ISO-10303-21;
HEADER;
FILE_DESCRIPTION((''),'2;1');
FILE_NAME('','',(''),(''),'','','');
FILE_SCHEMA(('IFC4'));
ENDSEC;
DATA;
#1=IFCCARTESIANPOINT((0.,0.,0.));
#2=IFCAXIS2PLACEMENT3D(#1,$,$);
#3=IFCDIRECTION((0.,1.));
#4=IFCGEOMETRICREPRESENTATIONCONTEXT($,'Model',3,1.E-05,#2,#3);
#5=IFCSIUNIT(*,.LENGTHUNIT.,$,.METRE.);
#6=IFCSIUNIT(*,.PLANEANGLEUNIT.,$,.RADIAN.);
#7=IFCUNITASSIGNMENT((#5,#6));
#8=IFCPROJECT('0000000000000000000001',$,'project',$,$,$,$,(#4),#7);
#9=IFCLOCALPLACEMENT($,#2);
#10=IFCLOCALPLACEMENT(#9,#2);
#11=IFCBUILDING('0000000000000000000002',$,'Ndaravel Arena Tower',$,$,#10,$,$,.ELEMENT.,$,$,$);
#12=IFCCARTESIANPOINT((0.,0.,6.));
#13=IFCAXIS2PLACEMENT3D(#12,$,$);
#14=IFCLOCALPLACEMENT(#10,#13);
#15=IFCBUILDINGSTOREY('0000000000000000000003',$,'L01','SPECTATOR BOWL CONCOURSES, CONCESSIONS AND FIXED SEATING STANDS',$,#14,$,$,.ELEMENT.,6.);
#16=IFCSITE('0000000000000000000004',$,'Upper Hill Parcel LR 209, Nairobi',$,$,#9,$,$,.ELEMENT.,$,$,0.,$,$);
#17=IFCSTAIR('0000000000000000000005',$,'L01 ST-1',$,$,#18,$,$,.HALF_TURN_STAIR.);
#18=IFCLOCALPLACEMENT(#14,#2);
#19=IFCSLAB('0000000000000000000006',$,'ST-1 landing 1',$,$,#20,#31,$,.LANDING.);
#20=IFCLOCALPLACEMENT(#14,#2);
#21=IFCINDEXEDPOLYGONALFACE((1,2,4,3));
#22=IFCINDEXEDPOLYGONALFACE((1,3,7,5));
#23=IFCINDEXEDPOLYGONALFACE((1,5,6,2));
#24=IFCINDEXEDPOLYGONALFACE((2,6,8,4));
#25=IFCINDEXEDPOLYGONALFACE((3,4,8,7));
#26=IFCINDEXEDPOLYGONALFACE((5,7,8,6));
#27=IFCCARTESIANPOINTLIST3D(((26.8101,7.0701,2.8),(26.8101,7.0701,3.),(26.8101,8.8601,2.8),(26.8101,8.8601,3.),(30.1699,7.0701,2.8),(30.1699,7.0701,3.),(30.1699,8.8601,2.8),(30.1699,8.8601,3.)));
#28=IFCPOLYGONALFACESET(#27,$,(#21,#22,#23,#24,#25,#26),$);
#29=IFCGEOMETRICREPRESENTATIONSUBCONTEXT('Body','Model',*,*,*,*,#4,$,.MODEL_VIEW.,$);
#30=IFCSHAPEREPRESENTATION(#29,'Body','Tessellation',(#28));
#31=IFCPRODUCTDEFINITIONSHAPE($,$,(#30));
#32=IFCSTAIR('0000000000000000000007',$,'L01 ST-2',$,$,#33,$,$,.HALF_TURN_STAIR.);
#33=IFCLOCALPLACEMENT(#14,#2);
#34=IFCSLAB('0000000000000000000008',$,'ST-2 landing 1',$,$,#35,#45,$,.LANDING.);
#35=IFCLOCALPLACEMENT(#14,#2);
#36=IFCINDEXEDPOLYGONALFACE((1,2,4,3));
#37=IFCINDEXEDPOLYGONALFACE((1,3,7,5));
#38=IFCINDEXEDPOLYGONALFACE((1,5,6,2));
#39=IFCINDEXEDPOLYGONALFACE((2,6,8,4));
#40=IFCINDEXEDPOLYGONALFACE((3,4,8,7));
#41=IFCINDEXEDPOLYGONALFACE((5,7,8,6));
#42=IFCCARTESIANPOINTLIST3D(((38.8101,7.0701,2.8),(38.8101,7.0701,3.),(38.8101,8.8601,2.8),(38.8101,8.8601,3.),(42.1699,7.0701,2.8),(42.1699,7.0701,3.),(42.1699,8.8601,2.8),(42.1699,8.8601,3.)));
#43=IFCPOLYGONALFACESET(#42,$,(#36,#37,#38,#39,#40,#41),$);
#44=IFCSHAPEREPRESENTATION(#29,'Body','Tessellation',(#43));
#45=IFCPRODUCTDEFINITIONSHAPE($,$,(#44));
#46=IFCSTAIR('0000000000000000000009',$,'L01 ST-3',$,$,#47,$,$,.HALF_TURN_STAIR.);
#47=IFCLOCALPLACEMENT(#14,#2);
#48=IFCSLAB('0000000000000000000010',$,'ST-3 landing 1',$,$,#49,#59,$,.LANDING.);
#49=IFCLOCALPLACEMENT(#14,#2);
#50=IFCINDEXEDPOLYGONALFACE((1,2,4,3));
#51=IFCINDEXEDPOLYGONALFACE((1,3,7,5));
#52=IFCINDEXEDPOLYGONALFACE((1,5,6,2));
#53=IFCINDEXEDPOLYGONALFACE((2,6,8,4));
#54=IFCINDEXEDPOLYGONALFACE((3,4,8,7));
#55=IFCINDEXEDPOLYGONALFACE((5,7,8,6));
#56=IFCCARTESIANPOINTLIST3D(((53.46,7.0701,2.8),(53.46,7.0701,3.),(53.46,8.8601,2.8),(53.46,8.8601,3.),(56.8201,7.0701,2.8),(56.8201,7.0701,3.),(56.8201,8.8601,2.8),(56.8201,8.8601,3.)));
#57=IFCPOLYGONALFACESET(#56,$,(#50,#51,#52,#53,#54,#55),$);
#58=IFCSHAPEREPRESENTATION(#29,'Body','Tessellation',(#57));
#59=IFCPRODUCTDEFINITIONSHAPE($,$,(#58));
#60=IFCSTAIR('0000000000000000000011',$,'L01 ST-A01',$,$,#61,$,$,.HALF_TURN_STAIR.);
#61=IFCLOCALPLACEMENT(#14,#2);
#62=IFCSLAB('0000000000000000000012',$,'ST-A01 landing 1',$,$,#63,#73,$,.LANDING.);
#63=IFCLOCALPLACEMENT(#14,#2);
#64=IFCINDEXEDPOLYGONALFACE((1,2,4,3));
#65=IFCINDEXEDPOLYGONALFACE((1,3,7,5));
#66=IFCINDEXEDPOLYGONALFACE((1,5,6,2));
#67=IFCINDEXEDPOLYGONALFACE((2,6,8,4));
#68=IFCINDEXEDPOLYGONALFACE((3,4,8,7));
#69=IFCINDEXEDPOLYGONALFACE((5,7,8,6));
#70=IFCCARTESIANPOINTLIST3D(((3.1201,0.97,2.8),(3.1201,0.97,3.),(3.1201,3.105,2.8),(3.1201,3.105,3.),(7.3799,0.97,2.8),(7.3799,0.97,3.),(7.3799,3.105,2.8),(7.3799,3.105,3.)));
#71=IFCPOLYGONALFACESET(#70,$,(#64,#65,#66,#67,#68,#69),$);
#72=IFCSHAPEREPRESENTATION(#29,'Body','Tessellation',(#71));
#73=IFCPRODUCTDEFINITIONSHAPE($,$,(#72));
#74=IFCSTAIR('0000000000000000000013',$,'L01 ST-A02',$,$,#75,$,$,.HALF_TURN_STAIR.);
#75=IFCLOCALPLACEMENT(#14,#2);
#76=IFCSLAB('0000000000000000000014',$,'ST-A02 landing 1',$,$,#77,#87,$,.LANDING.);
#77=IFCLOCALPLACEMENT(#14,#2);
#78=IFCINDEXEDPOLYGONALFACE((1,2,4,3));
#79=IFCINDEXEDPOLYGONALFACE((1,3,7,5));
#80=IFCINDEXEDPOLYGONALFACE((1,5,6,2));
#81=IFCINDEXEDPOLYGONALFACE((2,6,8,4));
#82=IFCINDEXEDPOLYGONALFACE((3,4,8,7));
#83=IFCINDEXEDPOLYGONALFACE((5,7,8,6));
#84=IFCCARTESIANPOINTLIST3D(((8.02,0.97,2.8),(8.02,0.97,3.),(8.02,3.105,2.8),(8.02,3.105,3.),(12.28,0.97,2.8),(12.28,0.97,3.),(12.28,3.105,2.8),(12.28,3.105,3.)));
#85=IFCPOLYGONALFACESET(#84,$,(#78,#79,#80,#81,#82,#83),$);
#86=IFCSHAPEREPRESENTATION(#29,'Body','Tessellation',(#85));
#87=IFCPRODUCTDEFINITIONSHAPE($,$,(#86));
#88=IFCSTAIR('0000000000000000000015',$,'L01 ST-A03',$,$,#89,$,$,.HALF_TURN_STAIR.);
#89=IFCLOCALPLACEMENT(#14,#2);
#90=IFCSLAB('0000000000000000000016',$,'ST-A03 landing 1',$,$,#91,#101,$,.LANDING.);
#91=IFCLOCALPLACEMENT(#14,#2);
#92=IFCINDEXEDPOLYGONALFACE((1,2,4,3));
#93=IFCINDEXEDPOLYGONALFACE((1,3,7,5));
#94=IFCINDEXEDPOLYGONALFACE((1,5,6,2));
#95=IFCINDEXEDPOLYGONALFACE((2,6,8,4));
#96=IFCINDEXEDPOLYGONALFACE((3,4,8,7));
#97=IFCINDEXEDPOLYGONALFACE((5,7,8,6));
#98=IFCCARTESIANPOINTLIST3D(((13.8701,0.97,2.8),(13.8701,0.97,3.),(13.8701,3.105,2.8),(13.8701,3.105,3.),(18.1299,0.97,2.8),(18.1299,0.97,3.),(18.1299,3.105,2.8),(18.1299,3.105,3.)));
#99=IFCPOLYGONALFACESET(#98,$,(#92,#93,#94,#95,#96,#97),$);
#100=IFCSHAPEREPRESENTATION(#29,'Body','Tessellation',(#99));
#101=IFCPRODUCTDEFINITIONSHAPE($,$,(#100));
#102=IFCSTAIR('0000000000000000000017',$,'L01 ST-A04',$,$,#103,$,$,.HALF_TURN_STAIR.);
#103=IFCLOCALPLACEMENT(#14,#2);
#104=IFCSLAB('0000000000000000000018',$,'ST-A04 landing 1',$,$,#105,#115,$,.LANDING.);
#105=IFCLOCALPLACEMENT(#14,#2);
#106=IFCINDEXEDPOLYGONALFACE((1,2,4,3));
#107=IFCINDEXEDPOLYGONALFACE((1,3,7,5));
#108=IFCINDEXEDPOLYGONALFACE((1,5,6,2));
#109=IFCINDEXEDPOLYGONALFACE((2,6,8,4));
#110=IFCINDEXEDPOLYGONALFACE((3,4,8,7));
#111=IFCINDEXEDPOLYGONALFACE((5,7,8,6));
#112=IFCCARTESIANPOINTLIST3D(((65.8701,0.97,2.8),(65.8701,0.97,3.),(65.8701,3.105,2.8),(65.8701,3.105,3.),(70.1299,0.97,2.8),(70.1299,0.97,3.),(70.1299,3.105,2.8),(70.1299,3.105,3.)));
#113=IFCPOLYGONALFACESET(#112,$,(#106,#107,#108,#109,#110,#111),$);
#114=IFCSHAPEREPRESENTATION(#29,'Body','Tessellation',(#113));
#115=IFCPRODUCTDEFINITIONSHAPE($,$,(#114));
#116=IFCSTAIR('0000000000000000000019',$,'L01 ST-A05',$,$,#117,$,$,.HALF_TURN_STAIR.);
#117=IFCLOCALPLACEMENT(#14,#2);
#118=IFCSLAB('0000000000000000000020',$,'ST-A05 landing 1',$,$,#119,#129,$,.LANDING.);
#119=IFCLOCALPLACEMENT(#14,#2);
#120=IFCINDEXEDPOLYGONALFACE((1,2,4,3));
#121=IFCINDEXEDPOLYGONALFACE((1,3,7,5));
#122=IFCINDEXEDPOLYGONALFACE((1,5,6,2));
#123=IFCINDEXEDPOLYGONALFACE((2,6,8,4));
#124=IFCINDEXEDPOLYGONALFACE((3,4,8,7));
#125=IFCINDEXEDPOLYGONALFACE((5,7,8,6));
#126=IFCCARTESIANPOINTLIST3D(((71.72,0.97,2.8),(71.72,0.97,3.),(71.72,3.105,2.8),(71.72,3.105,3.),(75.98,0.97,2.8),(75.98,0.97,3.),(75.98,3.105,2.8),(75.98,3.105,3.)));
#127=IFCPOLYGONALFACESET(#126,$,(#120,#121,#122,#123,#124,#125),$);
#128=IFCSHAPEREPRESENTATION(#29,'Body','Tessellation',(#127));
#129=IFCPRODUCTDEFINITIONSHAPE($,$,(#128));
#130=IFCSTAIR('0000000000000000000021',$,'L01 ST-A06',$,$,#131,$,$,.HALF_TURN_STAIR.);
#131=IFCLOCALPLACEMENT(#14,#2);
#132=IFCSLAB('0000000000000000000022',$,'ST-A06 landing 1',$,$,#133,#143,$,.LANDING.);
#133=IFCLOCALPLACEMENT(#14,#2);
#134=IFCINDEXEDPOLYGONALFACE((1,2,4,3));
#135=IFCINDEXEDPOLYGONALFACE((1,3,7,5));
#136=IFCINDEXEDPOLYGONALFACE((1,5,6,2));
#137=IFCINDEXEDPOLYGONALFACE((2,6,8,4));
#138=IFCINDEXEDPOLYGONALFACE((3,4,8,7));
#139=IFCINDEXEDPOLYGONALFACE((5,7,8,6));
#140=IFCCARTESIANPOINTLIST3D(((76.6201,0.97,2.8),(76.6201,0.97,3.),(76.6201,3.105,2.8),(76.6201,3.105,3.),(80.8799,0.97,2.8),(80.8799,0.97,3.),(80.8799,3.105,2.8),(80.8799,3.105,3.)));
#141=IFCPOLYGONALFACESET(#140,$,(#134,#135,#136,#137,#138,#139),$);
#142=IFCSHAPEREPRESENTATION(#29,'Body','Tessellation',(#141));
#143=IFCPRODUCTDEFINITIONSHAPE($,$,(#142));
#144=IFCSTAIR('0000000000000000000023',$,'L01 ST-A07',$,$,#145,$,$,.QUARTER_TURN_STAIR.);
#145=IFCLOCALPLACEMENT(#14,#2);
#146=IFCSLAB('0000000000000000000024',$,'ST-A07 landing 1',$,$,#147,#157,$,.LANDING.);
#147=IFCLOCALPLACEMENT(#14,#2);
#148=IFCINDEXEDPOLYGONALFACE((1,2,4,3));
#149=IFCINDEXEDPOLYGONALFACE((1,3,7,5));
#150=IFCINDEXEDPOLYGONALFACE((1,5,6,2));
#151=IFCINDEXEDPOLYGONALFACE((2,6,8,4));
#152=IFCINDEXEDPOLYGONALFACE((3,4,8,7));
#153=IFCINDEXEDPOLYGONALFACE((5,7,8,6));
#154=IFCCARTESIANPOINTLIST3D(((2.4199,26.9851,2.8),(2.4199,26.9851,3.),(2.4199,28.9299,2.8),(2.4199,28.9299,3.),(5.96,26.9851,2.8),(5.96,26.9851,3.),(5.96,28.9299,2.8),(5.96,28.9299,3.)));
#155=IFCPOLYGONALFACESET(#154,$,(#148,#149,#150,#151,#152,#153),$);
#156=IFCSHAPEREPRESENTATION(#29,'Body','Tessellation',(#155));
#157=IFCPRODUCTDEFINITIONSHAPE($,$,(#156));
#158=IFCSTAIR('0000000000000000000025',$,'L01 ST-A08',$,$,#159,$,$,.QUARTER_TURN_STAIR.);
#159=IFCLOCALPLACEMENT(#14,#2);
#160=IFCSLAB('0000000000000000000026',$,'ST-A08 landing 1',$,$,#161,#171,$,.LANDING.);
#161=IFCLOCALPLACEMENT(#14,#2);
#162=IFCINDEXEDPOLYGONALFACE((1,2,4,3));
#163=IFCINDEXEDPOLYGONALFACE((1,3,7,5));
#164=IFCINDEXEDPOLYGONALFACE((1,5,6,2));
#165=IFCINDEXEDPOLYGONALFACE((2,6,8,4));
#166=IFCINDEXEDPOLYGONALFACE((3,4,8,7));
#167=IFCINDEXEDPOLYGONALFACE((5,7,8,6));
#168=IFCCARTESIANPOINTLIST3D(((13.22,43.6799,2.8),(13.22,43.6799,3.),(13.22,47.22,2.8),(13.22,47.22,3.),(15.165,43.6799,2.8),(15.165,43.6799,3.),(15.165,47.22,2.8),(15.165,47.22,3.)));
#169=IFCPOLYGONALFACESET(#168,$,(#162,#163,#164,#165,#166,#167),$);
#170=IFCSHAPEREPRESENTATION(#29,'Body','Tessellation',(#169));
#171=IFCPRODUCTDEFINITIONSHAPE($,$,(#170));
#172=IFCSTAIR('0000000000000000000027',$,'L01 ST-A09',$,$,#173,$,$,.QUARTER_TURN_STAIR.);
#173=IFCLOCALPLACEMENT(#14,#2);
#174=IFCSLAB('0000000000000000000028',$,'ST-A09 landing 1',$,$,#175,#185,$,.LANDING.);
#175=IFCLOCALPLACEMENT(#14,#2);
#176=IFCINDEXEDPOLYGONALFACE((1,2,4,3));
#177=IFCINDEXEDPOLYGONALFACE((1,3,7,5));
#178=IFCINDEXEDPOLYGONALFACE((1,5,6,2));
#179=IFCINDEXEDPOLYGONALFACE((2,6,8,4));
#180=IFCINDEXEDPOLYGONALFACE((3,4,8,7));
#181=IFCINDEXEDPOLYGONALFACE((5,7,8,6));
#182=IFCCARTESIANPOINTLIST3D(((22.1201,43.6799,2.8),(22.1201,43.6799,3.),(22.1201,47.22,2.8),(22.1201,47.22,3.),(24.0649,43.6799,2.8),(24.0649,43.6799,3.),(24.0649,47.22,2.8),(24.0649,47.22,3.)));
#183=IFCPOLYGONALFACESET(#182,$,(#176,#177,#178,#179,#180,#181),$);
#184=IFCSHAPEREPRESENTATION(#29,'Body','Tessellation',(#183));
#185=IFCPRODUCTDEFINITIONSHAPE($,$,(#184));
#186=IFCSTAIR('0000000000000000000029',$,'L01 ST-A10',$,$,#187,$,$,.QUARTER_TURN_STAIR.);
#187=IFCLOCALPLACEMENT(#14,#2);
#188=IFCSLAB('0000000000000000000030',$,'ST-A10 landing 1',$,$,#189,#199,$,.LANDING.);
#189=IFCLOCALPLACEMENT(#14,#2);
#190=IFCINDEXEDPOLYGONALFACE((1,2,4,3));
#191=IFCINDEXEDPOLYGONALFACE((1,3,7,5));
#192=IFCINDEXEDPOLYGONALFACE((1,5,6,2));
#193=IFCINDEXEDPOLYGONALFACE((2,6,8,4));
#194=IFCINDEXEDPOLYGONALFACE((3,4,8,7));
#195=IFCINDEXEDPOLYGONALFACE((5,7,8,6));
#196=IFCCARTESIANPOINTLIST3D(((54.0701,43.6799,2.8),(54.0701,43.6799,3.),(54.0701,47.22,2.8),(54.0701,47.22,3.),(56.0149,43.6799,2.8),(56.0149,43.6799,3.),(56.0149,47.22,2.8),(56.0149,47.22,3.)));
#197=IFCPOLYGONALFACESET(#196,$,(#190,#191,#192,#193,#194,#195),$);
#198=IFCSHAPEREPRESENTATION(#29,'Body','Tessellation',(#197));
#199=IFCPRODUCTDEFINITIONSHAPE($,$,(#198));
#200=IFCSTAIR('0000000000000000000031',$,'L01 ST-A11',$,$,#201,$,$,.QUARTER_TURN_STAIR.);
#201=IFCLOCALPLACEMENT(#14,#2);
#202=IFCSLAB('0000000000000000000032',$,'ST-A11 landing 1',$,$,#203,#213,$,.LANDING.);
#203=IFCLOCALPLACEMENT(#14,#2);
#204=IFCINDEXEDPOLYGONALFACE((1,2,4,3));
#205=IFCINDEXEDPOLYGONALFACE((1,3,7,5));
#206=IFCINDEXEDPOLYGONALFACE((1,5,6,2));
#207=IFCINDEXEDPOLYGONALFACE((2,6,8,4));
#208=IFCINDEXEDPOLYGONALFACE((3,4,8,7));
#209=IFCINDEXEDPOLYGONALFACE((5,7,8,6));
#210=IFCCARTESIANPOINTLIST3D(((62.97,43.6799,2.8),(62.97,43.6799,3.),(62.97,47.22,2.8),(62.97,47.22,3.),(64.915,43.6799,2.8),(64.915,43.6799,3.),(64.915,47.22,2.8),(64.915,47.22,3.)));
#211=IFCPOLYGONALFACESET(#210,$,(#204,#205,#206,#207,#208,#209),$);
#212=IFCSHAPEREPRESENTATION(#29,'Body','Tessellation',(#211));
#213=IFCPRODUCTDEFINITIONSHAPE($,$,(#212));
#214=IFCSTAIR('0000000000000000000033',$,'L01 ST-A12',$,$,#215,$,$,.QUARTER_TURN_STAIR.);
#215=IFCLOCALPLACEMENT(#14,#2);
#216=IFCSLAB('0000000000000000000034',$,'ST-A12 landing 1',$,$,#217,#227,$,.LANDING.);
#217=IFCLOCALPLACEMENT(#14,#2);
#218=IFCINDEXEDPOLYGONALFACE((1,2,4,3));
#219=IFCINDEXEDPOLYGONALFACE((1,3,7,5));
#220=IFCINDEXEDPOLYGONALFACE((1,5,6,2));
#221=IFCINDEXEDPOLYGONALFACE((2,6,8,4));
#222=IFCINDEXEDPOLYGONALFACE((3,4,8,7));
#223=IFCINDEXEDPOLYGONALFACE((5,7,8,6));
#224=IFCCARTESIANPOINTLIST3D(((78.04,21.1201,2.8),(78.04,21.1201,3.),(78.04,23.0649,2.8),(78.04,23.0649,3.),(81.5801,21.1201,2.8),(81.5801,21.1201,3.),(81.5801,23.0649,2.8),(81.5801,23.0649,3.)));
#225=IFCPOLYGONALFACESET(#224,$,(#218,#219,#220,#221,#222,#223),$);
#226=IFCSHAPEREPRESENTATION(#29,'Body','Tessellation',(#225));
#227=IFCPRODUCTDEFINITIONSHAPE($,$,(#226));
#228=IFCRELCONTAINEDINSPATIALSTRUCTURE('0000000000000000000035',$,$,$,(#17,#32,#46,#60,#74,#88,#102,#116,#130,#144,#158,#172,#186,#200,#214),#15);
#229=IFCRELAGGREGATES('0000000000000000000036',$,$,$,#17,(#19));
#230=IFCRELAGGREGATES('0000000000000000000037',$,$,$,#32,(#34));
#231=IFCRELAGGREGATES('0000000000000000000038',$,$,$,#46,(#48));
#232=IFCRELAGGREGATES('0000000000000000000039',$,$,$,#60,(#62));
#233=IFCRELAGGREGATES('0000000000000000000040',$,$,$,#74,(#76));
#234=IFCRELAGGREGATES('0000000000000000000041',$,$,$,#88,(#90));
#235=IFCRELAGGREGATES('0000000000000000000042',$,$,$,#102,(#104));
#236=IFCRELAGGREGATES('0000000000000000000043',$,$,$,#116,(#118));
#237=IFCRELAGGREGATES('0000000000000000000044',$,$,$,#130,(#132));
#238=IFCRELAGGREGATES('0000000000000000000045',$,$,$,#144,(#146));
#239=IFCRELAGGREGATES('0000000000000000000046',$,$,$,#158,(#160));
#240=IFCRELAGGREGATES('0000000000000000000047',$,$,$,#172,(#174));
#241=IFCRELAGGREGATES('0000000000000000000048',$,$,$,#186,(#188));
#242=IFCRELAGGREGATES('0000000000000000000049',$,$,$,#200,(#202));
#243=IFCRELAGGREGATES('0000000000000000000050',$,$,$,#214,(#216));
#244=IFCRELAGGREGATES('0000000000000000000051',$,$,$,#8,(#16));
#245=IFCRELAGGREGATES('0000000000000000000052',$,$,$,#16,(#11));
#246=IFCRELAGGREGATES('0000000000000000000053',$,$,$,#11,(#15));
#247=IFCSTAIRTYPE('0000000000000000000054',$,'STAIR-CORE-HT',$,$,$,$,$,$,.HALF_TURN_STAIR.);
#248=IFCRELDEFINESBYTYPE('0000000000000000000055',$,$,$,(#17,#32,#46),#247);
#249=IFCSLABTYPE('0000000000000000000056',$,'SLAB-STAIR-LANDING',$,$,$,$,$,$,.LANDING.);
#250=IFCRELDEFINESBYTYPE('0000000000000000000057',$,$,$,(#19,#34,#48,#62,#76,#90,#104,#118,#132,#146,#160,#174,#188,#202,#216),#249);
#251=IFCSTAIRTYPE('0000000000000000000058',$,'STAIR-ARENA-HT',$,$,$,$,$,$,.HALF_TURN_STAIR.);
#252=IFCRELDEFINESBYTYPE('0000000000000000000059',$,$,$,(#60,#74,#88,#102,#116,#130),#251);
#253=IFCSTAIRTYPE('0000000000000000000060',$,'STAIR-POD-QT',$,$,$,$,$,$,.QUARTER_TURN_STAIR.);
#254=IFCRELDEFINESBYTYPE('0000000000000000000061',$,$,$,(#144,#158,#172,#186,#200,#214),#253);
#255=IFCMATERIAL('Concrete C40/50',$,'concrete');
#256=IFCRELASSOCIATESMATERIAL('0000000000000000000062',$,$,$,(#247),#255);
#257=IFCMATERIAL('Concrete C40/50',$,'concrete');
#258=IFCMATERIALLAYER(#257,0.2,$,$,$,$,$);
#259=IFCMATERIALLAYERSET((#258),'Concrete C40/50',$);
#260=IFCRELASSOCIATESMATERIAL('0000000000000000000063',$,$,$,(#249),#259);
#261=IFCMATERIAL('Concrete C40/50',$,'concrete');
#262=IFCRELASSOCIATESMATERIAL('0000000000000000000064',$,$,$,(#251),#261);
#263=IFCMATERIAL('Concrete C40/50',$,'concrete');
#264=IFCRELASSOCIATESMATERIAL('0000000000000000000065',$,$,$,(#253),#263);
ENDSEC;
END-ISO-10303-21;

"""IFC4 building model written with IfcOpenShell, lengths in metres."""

from ifc_helpers import new_model, si_unit, direction, frame, origin, place, context, subcontext, project, spatial, polyline, outline, extrude, material, layer, layer_set, type_object, element, aggregate, save


model = new_model("IFC4")

# Units and contexts
model_context = context("Model", 3, precision=1e-05, world=origin(), true_north=direction((0.0, 1.0)))
body_context = subcontext(model_context, "Body", "Model", "MODEL_VIEW")
ifc_project = project(units=[si_unit("LENGTHUNIT", "METRE"), si_unit("PLANEANGLEUNIT", "RADIAN")], contexts=[model_context])

# Site, building, storey
site_placement = place(None, origin())
site = spatial("IfcSite", under=ifc_project, at=site_placement, Name="Upper Hill Parcel LR 209, Nairobi", CompositionType="ELEMENT", RefElevation=0.0)
building_placement = place(site_placement, origin())
building = spatial("IfcBuilding", under=site, at=building_placement, Name="Ndaravel Arena Tower", CompositionType="ELEMENT")
storey_placement = place(building_placement, frame((0.0, 0.0, 6.0)))
storey = spatial("IfcBuildingStorey", under=building, at=storey_placement, Name="L01", Description="SPECTATOR BOWL CONCOURSES, CONCESSIONS AND FIXED SEATING STANDS", CompositionType="ELEMENT", Elevation=6.0)

# Stairs, slabs
ifc_material_1 = material(Name="Concrete C40/50", Category="concrete")
stair_type_1 = type_object("IfcStairType", Name="STAIR-CORE-HT", PredefinedType="HALF_TURN_STAIR", material=ifc_material_1)
stair_1_placement = place(storey_placement, origin())
stair_1 = element("IfcStair", 1, at=stair_1_placement, inside=storey, type_object=stair_type_1, Name="L01 ST-1", PredefinedType="HALF_TURN_STAIR")
ifc_material_2 = material(Name="Concrete C40/50", Category="concrete")
ifc_layer_1 = layer(ifc_material_2, 0.2)
ifc_layer_set_1 = layer_set([ifc_layer_1], Name="Concrete C40/50")
slab_type_1 = type_object("IfcSlabType", Name="SLAB-STAIR-LANDING", PredefinedType="LANDING", material=ifc_layer_set_1)
slab_1_placement = place(storey_placement, frame((0.0, 0.0, 2.8)))
slab_1 = element("IfcSlab", 2, at=slab_1_placement, type_object=slab_type_1, Name="ST-1 landing 1", PredefinedType="LANDING", context=body_context, shape_type="SweptSolid", body=[
    extrude(outline(polyline([(26.8101, 8.8601), (26.8101, 7.0701), (30.1699, 7.0701), (30.1699, 8.8601), (26.8101, 8.8601)])), origin(), (0.0, 0.0, 1.0), 0.2),
])
aggregate(stair_1, [slab_1])
stair_2_placement = place(storey_placement, origin())
stair_2 = element("IfcStair", 3, at=stair_2_placement, inside=storey, type_object=stair_type_1, Name="L01 ST-2", PredefinedType="HALF_TURN_STAIR")
slab_2_placement = place(storey_placement, frame((0.0, 0.0, 2.8)))
slab_2 = element("IfcSlab", 4, at=slab_2_placement, type_object=slab_type_1, Name="ST-2 landing 1", PredefinedType="LANDING", context=body_context, shape_type="SweptSolid", body=[
    extrude(outline(polyline([(38.8101, 8.8601), (38.8101, 7.0701), (42.1699, 7.0701), (42.1699, 8.8601), (38.8101, 8.8601)])), origin(), (0.0, 0.0, 1.0), 0.2),
])
aggregate(stair_2, [slab_2])
stair_3_placement = place(storey_placement, origin())
stair_3 = element("IfcStair", 5, at=stair_3_placement, inside=storey, type_object=stair_type_1, Name="L01 ST-3", PredefinedType="HALF_TURN_STAIR")
slab_3_placement = place(storey_placement, frame((0.0, 0.0, 2.8)))
slab_3 = element("IfcSlab", 6, at=slab_3_placement, type_object=slab_type_1, Name="ST-3 landing 1", PredefinedType="LANDING", context=body_context, shape_type="SweptSolid", body=[
    extrude(outline(polyline([(53.46, 8.8601), (53.46, 7.0701), (56.8201, 7.0701), (56.8201, 8.8601), (53.46, 8.8601)])), origin(), (0.0, 0.0, 1.0), 0.2),
])
aggregate(stair_3, [slab_3])
ifc_material_3 = material(Name="Concrete C40/50", Category="concrete")
stair_type_2 = type_object("IfcStairType", Name="STAIR-ARENA-HT", PredefinedType="HALF_TURN_STAIR", material=ifc_material_3)
stair_4_placement = place(storey_placement, origin())
stair_4 = element("IfcStair", 7, at=stair_4_placement, inside=storey, type_object=stair_type_2, Name="L01 ST-A01", PredefinedType="HALF_TURN_STAIR")
slab_4_placement = place(storey_placement, frame((0.0, 0.0, 2.8)))
slab_4 = element("IfcSlab", 8, at=slab_4_placement, type_object=slab_type_1, Name="ST-A01 landing 1", PredefinedType="LANDING", context=body_context, shape_type="SweptSolid", body=[
    extrude(outline(polyline([(3.1201, 3.105), (3.1201, 0.97), (7.3799, 0.97), (7.3799, 3.105), (3.1201, 3.105)])), origin(), (0.0, 0.0, 1.0), 0.2),
])
aggregate(stair_4, [slab_4])
stair_5_placement = place(storey_placement, origin())
stair_5 = element("IfcStair", 9, at=stair_5_placement, inside=storey, type_object=stair_type_2, Name="L01 ST-A02", PredefinedType="HALF_TURN_STAIR")
slab_5_placement = place(storey_placement, frame((0.0, 0.0, 2.8)))
slab_5 = element("IfcSlab", 10, at=slab_5_placement, type_object=slab_type_1, Name="ST-A02 landing 1", PredefinedType="LANDING", context=body_context, shape_type="SweptSolid", body=[
    extrude(outline(polyline([(8.02, 3.105), (8.02, 0.97), (12.28, 0.97), (12.28, 3.105), (8.02, 3.105)])), origin(), (0.0, 0.0, 1.0), 0.2),
])
aggregate(stair_5, [slab_5])
stair_6_placement = place(storey_placement, origin())
stair_6 = element("IfcStair", 11, at=stair_6_placement, inside=storey, type_object=stair_type_2, Name="L01 ST-A03", PredefinedType="HALF_TURN_STAIR")
slab_6_placement = place(storey_placement, frame((0.0, 0.0, 2.8)))
slab_6 = element("IfcSlab", 12, at=slab_6_placement, type_object=slab_type_1, Name="ST-A03 landing 1", PredefinedType="LANDING", context=body_context, shape_type="SweptSolid", body=[
    extrude(outline(polyline([(13.8701, 3.105), (13.8701, 0.97), (18.1299, 0.97), (18.1299, 3.105), (13.8701, 3.105)])), origin(), (0.0, 0.0, 1.0), 0.2),
])
aggregate(stair_6, [slab_6])
stair_7_placement = place(storey_placement, origin())
stair_7 = element("IfcStair", 13, at=stair_7_placement, inside=storey, type_object=stair_type_2, Name="L01 ST-A04", PredefinedType="HALF_TURN_STAIR")
slab_7_placement = place(storey_placement, frame((0.0, 0.0, 2.8)))
slab_7 = element("IfcSlab", 14, at=slab_7_placement, type_object=slab_type_1, Name="ST-A04 landing 1", PredefinedType="LANDING", context=body_context, shape_type="SweptSolid", body=[
    extrude(outline(polyline([(65.8701, 3.105), (65.8701, 0.97), (70.1299, 0.97), (70.1299, 3.105), (65.8701, 3.105)])), origin(), (0.0, 0.0, 1.0), 0.2),
])
aggregate(stair_7, [slab_7])
stair_8_placement = place(storey_placement, origin())
stair_8 = element("IfcStair", 15, at=stair_8_placement, inside=storey, type_object=stair_type_2, Name="L01 ST-A05", PredefinedType="HALF_TURN_STAIR")
slab_8_placement = place(storey_placement, frame((0.0, 0.0, 2.8)))
slab_8 = element("IfcSlab", 16, at=slab_8_placement, type_object=slab_type_1, Name="ST-A05 landing 1", PredefinedType="LANDING", context=body_context, shape_type="SweptSolid", body=[
    extrude(outline(polyline([(71.72, 3.105), (71.72, 0.97), (75.98, 0.97), (75.98, 3.105), (71.72, 3.105)])), origin(), (0.0, 0.0, 1.0), 0.2),
])
aggregate(stair_8, [slab_8])
stair_9_placement = place(storey_placement, origin())
stair_9 = element("IfcStair", 17, at=stair_9_placement, inside=storey, type_object=stair_type_2, Name="L01 ST-A06", PredefinedType="HALF_TURN_STAIR")
slab_9_placement = place(storey_placement, frame((0.0, 0.0, 2.8)))
slab_9 = element("IfcSlab", 18, at=slab_9_placement, type_object=slab_type_1, Name="ST-A06 landing 1", PredefinedType="LANDING", context=body_context, shape_type="SweptSolid", body=[
    extrude(outline(polyline([(76.6201, 3.105), (76.6201, 0.97), (80.8799, 0.97), (80.8799, 3.105), (76.6201, 3.105)])), origin(), (0.0, 0.0, 1.0), 0.2),
])
aggregate(stair_9, [slab_9])
ifc_material_4 = material(Name="Concrete C40/50", Category="concrete")
stair_type_3 = type_object("IfcStairType", Name="STAIR-POD-QT", PredefinedType="QUARTER_TURN_STAIR", material=ifc_material_4)
stair_10_placement = place(storey_placement, origin())
stair_10 = element("IfcStair", 19, at=stair_10_placement, inside=storey, type_object=stair_type_3, Name="L01 ST-A07", PredefinedType="QUARTER_TURN_STAIR")
slab_10_placement = place(storey_placement, frame((0.0, 0.0, 2.8)))
slab_10 = element("IfcSlab", 20, at=slab_10_placement, type_object=slab_type_1, Name="ST-A07 landing 1", PredefinedType="LANDING", context=body_context, shape_type="SweptSolid", body=[
    extrude(outline(polyline([(5.96, 26.9851), (5.96, 28.9299), (2.4199, 28.9299), (2.4199, 26.9851), (5.96, 26.9851)])), origin(), (0.0, 0.0, 1.0), 0.2),
])
aggregate(stair_10, [slab_10])
stair_11_placement = place(storey_placement, origin())
stair_11 = element("IfcStair", 21, at=stair_11_placement, inside=storey, type_object=stair_type_3, Name="L01 ST-A08", PredefinedType="QUARTER_TURN_STAIR")
slab_11_placement = place(storey_placement, frame((0.0, 0.0, 2.8)))
slab_11 = element("IfcSlab", 22, at=slab_11_placement, type_object=slab_type_1, Name="ST-A08 landing 1", PredefinedType="LANDING", context=body_context, shape_type="SweptSolid", body=[
    extrude(outline(polyline([(15.165, 47.22), (13.22, 47.22), (13.22, 43.6799), (15.165, 43.6799), (15.165, 47.22)])), origin(), (0.0, 0.0, 1.0), 0.2),
])
aggregate(stair_11, [slab_11])
stair_12_placement = place(storey_placement, origin())
stair_12 = element("IfcStair", 23, at=stair_12_placement, inside=storey, type_object=stair_type_3, Name="L01 ST-A09", PredefinedType="QUARTER_TURN_STAIR")
slab_12_placement = place(storey_placement, frame((0.0, 0.0, 2.8)))
slab_12 = element("IfcSlab", 24, at=slab_12_placement, type_object=slab_type_1, Name="ST-A09 landing 1", PredefinedType="LANDING", context=body_context, shape_type="SweptSolid", body=[
    extrude(outline(polyline([(24.0649, 47.22), (22.1201, 47.22), (22.1201, 43.6799), (24.0649, 43.6799), (24.0649, 47.22)])), origin(), (0.0, 0.0, 1.0), 0.2),
])
aggregate(stair_12, [slab_12])
stair_13_placement = place(storey_placement, origin())
stair_13 = element("IfcStair", 25, at=stair_13_placement, inside=storey, type_object=stair_type_3, Name="L01 ST-A10", PredefinedType="QUARTER_TURN_STAIR")
slab_13_placement = place(storey_placement, frame((0.0, 0.0, 2.8)))
slab_13 = element("IfcSlab", 26, at=slab_13_placement, type_object=slab_type_1, Name="ST-A10 landing 1", PredefinedType="LANDING", context=body_context, shape_type="SweptSolid", body=[
    extrude(outline(polyline([(56.0149, 47.22), (54.0701, 47.22), (54.0701, 43.6799), (56.0149, 43.6799), (56.0149, 47.22)])), origin(), (0.0, 0.0, 1.0), 0.2),
])
aggregate(stair_13, [slab_13])
stair_14_placement = place(storey_placement, origin())
stair_14 = element("IfcStair", 27, at=stair_14_placement, inside=storey, type_object=stair_type_3, Name="L01 ST-A11", PredefinedType="QUARTER_TURN_STAIR")
slab_14_placement = place(storey_placement, frame((0.0, 0.0, 2.8)))
slab_14 = element("IfcSlab", 28, at=slab_14_placement, type_object=slab_type_1, Name="ST-A11 landing 1", PredefinedType="LANDING", context=body_context, shape_type="SweptSolid", body=[
    extrude(outline(polyline([(64.915, 47.22), (62.97, 47.22), (62.97, 43.6799), (64.915, 43.6799), (64.915, 47.22)])), origin(), (0.0, 0.0, 1.0), 0.2),
])
aggregate(stair_14, [slab_14])
stair_15_placement = place(storey_placement, origin())
stair_15 = element("IfcStair", 29, at=stair_15_placement, inside=storey, type_object=stair_type_3, Name="L01 ST-A12", PredefinedType="QUARTER_TURN_STAIR")
slab_15_placement = place(storey_placement, frame((0.0, 0.0, 2.8)))
slab_15 = element("IfcSlab", 30, at=slab_15_placement, type_object=slab_type_1, Name="ST-A12 landing 1", PredefinedType="LANDING", context=body_context, shape_type="SweptSolid", body=[
    extrude(outline(polyline([(78.04, 23.0649), (78.04, 21.1201), (81.5801, 21.1201), (81.5801, 23.0649), (78.04, 23.0649)])), origin(), (0.0, 0.0, 1.0), 0.2),
])
aggregate(stair_15, [slab_15])

save(model, "model.ifc")
